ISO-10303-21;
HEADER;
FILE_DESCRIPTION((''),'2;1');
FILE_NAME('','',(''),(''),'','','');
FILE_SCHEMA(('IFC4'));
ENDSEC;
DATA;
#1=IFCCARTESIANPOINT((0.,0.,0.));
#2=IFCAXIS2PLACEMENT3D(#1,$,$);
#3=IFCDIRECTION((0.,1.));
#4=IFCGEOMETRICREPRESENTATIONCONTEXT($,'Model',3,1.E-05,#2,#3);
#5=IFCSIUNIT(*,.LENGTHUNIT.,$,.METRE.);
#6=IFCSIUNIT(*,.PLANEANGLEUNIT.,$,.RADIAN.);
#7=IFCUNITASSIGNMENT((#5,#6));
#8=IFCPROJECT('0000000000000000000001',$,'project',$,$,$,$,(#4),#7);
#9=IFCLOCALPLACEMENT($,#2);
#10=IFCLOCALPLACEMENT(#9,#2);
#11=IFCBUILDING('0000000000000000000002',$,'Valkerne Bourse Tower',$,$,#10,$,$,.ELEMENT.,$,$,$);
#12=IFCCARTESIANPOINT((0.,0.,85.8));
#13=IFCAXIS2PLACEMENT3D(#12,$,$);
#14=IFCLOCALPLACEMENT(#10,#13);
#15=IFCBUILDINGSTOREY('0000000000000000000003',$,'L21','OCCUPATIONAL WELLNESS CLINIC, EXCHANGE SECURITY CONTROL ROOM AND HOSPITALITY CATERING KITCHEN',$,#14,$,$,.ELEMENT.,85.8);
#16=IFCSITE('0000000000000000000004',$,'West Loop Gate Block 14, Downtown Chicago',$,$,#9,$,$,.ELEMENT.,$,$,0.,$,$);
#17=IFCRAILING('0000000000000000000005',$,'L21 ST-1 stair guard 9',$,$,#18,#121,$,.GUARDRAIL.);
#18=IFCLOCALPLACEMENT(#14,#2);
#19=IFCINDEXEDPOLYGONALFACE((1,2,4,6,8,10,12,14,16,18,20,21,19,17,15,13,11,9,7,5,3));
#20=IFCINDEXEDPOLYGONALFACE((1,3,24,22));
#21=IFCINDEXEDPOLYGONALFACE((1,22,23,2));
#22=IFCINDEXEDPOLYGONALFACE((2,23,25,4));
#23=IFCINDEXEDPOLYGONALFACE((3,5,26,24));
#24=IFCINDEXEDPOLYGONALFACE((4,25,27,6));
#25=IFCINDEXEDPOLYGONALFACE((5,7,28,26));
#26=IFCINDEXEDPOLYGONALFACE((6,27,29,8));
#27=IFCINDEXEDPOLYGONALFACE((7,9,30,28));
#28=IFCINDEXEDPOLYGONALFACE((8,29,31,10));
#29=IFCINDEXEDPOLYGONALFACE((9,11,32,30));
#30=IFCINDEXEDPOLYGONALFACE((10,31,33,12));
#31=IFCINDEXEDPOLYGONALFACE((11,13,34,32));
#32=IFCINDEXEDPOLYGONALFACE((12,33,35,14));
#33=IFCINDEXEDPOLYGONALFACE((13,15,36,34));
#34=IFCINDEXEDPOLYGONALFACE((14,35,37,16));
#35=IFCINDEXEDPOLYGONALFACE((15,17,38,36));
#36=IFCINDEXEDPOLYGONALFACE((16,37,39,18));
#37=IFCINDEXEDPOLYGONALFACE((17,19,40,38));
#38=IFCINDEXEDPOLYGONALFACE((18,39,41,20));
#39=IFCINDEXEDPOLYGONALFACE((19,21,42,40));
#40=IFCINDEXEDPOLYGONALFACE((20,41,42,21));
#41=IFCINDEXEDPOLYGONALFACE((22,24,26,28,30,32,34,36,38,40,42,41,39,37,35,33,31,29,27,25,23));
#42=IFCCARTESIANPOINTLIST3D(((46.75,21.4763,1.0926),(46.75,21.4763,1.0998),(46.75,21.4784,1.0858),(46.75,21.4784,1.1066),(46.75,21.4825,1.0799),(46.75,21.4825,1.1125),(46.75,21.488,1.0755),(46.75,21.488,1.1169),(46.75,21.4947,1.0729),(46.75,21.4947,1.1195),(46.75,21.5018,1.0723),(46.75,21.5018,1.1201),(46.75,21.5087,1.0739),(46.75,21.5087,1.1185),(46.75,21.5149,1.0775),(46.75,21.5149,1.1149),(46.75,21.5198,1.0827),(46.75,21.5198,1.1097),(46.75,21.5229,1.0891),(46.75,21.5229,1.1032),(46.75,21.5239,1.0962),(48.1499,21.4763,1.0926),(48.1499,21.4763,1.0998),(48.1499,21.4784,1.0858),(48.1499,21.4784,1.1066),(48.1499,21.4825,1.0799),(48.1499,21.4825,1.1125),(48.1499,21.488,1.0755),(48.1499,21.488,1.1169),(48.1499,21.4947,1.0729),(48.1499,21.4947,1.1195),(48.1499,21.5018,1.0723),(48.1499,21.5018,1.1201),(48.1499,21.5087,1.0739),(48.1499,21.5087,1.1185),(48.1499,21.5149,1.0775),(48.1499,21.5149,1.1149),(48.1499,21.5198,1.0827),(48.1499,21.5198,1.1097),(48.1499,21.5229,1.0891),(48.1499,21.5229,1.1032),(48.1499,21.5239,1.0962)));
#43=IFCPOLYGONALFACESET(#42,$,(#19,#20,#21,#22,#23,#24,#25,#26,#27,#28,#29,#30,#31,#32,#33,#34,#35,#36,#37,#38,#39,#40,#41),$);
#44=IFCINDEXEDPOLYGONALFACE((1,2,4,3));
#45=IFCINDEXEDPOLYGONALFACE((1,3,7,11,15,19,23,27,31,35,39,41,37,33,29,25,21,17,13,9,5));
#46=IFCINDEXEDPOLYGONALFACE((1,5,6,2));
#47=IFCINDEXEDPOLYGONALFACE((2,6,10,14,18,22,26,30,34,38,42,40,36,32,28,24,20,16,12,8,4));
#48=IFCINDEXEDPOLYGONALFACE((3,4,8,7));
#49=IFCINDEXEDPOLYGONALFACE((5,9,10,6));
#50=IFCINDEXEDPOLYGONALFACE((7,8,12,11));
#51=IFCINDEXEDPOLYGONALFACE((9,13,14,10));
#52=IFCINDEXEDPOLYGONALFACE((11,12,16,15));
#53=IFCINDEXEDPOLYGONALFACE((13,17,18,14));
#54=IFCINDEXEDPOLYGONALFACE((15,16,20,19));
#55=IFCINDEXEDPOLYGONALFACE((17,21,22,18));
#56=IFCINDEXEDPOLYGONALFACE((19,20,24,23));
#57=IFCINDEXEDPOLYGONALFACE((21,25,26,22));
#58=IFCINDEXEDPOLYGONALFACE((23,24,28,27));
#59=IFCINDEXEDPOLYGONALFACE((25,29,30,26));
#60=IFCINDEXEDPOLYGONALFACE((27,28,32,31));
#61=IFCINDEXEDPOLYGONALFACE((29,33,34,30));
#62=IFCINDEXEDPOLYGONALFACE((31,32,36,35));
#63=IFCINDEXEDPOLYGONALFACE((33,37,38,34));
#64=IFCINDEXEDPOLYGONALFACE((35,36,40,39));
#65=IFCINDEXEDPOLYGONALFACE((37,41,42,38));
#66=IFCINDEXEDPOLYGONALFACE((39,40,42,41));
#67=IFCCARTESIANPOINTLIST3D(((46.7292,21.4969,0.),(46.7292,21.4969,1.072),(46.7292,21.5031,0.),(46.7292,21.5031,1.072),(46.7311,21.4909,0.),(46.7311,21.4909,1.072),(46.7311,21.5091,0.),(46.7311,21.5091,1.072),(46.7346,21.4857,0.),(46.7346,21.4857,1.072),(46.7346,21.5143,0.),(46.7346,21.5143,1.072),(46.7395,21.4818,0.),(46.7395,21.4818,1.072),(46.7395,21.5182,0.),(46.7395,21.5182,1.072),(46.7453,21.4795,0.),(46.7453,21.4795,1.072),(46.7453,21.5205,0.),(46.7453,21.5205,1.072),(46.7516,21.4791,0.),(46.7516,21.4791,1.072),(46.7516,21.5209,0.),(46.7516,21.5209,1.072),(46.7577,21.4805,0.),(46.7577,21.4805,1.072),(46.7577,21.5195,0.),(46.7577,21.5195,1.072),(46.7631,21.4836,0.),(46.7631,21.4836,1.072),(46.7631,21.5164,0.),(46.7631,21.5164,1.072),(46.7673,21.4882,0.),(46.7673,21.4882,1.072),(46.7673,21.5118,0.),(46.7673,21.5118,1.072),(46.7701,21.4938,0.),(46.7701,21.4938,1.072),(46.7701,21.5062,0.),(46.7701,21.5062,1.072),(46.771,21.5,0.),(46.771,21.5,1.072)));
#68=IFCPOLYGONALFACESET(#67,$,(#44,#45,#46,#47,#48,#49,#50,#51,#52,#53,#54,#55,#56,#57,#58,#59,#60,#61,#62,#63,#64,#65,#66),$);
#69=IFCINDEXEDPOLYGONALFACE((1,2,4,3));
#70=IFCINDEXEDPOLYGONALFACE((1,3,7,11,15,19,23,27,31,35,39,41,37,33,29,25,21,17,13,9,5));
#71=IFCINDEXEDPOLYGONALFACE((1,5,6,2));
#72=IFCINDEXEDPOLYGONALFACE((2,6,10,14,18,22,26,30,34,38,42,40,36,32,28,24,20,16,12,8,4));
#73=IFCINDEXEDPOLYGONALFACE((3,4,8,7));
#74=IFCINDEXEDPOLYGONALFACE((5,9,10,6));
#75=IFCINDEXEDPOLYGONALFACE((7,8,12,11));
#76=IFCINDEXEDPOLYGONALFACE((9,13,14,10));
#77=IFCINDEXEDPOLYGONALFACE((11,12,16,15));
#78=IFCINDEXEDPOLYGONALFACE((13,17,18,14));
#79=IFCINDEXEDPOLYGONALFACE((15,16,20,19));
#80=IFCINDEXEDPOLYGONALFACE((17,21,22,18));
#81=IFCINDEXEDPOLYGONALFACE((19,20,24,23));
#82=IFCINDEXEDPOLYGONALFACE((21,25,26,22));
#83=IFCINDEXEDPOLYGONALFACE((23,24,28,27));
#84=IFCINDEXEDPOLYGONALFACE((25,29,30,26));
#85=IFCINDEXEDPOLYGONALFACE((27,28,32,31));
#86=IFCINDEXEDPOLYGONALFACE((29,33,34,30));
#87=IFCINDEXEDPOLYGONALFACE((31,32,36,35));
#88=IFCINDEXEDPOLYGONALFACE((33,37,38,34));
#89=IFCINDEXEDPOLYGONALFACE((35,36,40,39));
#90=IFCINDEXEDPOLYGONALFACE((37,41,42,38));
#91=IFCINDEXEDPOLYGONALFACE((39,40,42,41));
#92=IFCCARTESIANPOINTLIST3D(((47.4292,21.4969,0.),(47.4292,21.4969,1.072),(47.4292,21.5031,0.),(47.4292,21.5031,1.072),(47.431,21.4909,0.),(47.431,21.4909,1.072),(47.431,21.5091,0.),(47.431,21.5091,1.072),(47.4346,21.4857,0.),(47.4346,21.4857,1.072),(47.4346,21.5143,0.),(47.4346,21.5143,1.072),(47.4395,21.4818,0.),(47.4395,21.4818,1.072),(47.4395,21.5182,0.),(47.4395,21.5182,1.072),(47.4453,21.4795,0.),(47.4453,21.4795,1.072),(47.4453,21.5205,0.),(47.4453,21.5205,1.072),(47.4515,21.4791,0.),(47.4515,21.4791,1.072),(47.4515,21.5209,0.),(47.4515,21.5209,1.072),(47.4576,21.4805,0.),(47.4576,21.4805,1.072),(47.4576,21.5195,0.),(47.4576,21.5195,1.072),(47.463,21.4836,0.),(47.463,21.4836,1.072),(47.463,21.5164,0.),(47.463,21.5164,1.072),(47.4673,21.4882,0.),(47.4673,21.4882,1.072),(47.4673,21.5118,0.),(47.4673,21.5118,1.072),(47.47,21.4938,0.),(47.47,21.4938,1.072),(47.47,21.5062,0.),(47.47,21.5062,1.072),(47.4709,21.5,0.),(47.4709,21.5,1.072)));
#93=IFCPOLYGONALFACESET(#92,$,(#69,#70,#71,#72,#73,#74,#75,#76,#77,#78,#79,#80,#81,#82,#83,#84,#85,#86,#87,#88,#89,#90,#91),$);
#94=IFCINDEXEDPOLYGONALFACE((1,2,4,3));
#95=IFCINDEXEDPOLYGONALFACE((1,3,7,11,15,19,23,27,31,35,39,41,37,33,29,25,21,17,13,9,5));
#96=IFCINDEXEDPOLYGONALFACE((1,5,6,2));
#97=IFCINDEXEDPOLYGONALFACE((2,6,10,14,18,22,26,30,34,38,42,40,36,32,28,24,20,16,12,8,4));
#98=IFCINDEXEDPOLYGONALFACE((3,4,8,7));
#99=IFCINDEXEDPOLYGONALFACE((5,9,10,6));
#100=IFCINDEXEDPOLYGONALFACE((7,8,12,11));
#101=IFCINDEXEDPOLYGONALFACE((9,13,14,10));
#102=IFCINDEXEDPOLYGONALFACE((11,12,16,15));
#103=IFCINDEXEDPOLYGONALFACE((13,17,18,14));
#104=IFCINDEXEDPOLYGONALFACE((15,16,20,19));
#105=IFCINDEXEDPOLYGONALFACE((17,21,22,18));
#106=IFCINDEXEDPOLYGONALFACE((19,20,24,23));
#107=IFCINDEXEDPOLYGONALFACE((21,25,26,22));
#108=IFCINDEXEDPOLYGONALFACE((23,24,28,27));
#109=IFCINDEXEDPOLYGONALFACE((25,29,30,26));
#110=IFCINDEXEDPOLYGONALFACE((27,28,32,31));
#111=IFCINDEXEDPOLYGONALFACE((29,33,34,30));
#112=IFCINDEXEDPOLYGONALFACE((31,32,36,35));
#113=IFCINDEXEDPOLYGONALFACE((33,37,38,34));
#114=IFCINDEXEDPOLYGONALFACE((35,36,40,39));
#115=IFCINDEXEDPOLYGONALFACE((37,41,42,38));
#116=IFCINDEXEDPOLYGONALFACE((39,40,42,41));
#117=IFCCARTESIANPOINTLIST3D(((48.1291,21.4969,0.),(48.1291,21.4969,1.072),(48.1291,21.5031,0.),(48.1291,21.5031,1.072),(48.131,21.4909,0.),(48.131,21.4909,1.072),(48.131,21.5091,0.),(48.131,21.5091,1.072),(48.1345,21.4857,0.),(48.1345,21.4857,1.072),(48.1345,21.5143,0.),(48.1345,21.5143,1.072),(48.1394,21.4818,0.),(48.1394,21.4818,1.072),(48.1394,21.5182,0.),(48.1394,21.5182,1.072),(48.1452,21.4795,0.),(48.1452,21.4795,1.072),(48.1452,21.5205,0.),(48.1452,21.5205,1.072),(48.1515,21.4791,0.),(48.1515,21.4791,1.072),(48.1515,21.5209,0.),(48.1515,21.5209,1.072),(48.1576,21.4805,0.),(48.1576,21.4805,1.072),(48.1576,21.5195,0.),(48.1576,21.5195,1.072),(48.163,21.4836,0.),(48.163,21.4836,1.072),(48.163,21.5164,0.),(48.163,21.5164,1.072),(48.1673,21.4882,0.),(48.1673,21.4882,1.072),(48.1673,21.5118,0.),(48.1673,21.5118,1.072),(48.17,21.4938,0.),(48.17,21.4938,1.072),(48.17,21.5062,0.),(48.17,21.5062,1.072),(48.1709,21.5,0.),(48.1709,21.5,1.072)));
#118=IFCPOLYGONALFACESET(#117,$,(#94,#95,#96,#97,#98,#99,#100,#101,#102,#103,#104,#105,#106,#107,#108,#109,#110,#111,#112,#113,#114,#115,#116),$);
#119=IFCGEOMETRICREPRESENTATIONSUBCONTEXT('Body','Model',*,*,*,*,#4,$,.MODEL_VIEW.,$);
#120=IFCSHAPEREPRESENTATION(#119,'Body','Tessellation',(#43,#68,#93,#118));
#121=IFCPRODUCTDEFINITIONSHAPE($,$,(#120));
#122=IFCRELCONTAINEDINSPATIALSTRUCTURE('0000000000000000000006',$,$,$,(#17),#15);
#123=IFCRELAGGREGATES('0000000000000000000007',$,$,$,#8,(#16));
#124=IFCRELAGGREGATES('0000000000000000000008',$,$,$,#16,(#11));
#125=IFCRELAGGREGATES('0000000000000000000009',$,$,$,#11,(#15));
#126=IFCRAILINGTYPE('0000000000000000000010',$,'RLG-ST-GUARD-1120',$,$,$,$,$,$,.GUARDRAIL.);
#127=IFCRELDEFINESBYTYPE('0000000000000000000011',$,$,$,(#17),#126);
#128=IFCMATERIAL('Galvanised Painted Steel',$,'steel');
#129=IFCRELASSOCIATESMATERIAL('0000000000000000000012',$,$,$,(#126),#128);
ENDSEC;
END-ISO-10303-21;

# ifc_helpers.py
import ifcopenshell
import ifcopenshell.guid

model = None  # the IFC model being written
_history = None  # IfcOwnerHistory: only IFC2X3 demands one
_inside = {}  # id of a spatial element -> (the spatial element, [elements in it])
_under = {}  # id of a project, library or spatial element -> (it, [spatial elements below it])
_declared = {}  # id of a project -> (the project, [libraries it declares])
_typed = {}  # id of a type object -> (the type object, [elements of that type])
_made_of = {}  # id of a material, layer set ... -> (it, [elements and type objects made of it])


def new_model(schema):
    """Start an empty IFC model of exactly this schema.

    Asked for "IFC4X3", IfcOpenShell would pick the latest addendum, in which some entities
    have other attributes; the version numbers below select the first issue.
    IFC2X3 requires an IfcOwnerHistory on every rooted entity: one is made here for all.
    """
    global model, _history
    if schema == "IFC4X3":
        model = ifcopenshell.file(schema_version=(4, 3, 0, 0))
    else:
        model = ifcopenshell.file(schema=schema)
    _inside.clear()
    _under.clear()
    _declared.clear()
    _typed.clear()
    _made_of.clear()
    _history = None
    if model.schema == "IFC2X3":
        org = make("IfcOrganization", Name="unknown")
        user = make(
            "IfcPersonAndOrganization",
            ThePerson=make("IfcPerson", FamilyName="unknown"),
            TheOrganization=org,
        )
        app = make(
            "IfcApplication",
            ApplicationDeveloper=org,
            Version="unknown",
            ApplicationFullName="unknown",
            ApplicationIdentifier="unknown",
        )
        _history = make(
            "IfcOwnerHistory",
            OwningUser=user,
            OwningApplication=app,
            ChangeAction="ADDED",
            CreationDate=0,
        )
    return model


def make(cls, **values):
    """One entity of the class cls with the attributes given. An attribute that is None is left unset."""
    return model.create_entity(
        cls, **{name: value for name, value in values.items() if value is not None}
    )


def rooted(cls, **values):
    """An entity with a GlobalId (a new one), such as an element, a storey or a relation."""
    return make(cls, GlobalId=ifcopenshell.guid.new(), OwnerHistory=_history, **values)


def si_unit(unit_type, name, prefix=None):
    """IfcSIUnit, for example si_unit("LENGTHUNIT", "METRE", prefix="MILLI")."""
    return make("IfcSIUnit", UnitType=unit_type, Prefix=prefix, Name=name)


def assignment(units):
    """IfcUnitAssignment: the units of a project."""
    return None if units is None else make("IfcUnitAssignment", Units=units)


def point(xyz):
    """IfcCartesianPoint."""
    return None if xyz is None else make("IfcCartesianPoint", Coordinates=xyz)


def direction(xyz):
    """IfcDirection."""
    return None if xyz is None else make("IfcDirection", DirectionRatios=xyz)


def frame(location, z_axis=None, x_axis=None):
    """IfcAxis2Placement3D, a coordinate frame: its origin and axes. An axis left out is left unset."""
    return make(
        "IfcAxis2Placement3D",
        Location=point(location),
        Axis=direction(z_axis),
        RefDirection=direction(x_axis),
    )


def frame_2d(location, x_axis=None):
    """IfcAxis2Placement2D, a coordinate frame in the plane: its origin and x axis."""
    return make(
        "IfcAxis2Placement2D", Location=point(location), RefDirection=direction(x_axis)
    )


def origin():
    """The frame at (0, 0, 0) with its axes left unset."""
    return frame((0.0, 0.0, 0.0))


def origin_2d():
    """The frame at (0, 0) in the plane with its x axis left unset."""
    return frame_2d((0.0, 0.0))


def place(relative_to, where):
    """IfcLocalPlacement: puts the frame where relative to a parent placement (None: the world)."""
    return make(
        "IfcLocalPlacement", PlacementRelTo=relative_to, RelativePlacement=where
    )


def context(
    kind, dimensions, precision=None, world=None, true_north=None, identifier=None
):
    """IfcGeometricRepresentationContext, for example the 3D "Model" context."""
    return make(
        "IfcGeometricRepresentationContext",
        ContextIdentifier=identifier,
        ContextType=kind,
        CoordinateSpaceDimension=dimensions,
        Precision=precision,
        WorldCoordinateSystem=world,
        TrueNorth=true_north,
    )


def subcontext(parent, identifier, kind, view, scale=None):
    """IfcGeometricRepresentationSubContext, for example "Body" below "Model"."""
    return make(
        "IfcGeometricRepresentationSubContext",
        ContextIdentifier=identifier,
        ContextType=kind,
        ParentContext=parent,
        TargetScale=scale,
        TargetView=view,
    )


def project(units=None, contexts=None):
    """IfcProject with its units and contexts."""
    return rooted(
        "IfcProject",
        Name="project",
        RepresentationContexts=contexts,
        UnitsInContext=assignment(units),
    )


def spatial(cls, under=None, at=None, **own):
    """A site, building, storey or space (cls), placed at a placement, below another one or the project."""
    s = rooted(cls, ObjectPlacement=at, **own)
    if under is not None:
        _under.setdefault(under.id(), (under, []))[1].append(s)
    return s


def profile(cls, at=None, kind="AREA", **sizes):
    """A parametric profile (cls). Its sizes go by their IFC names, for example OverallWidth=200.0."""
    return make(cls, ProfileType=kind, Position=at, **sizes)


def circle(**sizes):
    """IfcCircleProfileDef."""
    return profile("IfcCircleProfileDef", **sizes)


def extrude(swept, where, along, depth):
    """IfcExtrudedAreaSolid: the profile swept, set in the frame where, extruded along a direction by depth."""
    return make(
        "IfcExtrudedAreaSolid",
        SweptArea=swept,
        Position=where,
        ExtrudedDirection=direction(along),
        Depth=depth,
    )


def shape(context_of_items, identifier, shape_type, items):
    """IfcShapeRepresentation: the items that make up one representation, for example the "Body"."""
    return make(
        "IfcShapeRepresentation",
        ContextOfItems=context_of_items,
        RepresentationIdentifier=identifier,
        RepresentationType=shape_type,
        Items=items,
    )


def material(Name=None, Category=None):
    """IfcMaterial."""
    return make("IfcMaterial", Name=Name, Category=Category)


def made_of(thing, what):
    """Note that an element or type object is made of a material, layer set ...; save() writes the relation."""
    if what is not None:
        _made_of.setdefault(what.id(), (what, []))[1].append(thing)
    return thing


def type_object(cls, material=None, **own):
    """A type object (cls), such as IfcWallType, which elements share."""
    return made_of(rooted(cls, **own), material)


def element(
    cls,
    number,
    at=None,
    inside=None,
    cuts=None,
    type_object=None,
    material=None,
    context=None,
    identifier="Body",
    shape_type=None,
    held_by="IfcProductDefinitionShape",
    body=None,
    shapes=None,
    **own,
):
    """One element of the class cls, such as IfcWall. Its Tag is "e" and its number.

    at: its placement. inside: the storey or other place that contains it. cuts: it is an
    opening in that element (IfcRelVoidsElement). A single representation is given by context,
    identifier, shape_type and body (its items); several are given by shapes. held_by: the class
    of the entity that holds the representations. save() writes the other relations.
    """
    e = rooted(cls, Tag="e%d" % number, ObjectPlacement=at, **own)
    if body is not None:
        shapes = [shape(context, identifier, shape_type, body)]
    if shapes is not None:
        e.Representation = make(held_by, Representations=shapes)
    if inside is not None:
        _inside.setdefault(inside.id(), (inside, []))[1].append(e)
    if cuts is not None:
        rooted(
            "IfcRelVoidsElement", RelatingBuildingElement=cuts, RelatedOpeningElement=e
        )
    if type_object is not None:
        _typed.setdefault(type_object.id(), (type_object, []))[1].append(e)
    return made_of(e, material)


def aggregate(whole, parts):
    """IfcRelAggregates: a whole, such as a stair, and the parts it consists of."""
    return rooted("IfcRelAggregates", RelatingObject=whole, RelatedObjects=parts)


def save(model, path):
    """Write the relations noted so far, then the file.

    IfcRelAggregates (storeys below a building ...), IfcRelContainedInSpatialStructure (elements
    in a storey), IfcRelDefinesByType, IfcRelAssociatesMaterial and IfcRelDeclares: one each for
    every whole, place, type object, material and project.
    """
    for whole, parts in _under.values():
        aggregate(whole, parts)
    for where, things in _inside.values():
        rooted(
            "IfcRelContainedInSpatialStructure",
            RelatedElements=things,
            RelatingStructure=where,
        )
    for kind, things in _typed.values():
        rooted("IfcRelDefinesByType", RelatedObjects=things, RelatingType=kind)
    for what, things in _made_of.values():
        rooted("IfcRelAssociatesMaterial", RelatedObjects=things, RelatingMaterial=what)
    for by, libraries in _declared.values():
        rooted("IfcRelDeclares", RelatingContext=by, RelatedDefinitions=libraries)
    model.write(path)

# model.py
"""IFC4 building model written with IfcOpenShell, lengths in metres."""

from ifc_helpers import new_model, si_unit, direction, frame, origin, origin_2d, place, context, subcontext, project, spatial, circle, extrude, material, type_object, element, save


model = new_model("IFC4")

# Units and contexts
model_context = context("Model", 3, precision=1e-05, world=origin(), true_north=direction((0.0, 1.0)))
body_context = subcontext(model_context, "Body", "Model", "MODEL_VIEW")
ifc_project = project(units=[si_unit("LENGTHUNIT", "METRE"), si_unit("PLANEANGLEUNIT", "RADIAN")], contexts=[model_context])

# Site, building, storey
site_placement = place(None, origin())
site = spatial("IfcSite", under=ifc_project, at=site_placement, Name="West Loop Gate Block 14, Downtown Chicago", CompositionType="ELEMENT", RefElevation=0.0)
building_placement = place(site_placement, origin())
building = spatial("IfcBuilding", under=site, at=building_placement, Name="Valkerne Bourse Tower", CompositionType="ELEMENT")
storey_placement = place(building_placement, frame((0.0, 0.0, 85.8)))
storey = spatial("IfcBuildingStorey", under=building, at=storey_placement, Name="L21", Description="OCCUPATIONAL WELLNESS CLINIC, EXCHANGE SECURITY CONTROL ROOM AND HOSPITALITY CATERING KITCHEN", CompositionType="ELEMENT", Elevation=85.8)

# Shared definitions
ifc_material_1 = material(Name="Galvanised Painted Steel", Category="steel")

# Railing
railing_type = type_object("IfcRailingType", Name="RLG-ST-GUARD-1120", PredefinedType="GUARDRAIL", material=ifc_material_1)
for number, where, name in (
    (1, (46.75, 21.5, 0.0), "L21 ST-1 stair guard 9"),
):
    element("IfcRailing", number, at=place(storey_placement, frame(where)), inside=storey, type_object=railing_type, Name=name, PredefinedType="GUARDRAIL", context=body_context, shape_type="SweptSolid", body=[
        extrude(circle(Radius=0.0239, at=origin_2d()), frame((0.0, 0.0, 1.0962), z_axis=(1.0, 0.0, 0.0), x_axis=(0.0, 1.0, 0.0)), (0.0, 0.0, 1.0), 1.3999),
        extrude(circle(Radius=0.021, at=origin_2d()), origin(), (0.0, 0.0, 1.0), 1.072),
        extrude(circle(Radius=0.021, at=origin_2d()), frame((0.7, 0.0, 0.0)), (0.0, 0.0, 1.0), 1.072),
        extrude(circle(Radius=0.021, at=origin_2d()), frame((1.3999, 0.0, 0.0)), (0.0, 0.0, 1.0), 1.072),
    ])

save(model, "model.ifc")
